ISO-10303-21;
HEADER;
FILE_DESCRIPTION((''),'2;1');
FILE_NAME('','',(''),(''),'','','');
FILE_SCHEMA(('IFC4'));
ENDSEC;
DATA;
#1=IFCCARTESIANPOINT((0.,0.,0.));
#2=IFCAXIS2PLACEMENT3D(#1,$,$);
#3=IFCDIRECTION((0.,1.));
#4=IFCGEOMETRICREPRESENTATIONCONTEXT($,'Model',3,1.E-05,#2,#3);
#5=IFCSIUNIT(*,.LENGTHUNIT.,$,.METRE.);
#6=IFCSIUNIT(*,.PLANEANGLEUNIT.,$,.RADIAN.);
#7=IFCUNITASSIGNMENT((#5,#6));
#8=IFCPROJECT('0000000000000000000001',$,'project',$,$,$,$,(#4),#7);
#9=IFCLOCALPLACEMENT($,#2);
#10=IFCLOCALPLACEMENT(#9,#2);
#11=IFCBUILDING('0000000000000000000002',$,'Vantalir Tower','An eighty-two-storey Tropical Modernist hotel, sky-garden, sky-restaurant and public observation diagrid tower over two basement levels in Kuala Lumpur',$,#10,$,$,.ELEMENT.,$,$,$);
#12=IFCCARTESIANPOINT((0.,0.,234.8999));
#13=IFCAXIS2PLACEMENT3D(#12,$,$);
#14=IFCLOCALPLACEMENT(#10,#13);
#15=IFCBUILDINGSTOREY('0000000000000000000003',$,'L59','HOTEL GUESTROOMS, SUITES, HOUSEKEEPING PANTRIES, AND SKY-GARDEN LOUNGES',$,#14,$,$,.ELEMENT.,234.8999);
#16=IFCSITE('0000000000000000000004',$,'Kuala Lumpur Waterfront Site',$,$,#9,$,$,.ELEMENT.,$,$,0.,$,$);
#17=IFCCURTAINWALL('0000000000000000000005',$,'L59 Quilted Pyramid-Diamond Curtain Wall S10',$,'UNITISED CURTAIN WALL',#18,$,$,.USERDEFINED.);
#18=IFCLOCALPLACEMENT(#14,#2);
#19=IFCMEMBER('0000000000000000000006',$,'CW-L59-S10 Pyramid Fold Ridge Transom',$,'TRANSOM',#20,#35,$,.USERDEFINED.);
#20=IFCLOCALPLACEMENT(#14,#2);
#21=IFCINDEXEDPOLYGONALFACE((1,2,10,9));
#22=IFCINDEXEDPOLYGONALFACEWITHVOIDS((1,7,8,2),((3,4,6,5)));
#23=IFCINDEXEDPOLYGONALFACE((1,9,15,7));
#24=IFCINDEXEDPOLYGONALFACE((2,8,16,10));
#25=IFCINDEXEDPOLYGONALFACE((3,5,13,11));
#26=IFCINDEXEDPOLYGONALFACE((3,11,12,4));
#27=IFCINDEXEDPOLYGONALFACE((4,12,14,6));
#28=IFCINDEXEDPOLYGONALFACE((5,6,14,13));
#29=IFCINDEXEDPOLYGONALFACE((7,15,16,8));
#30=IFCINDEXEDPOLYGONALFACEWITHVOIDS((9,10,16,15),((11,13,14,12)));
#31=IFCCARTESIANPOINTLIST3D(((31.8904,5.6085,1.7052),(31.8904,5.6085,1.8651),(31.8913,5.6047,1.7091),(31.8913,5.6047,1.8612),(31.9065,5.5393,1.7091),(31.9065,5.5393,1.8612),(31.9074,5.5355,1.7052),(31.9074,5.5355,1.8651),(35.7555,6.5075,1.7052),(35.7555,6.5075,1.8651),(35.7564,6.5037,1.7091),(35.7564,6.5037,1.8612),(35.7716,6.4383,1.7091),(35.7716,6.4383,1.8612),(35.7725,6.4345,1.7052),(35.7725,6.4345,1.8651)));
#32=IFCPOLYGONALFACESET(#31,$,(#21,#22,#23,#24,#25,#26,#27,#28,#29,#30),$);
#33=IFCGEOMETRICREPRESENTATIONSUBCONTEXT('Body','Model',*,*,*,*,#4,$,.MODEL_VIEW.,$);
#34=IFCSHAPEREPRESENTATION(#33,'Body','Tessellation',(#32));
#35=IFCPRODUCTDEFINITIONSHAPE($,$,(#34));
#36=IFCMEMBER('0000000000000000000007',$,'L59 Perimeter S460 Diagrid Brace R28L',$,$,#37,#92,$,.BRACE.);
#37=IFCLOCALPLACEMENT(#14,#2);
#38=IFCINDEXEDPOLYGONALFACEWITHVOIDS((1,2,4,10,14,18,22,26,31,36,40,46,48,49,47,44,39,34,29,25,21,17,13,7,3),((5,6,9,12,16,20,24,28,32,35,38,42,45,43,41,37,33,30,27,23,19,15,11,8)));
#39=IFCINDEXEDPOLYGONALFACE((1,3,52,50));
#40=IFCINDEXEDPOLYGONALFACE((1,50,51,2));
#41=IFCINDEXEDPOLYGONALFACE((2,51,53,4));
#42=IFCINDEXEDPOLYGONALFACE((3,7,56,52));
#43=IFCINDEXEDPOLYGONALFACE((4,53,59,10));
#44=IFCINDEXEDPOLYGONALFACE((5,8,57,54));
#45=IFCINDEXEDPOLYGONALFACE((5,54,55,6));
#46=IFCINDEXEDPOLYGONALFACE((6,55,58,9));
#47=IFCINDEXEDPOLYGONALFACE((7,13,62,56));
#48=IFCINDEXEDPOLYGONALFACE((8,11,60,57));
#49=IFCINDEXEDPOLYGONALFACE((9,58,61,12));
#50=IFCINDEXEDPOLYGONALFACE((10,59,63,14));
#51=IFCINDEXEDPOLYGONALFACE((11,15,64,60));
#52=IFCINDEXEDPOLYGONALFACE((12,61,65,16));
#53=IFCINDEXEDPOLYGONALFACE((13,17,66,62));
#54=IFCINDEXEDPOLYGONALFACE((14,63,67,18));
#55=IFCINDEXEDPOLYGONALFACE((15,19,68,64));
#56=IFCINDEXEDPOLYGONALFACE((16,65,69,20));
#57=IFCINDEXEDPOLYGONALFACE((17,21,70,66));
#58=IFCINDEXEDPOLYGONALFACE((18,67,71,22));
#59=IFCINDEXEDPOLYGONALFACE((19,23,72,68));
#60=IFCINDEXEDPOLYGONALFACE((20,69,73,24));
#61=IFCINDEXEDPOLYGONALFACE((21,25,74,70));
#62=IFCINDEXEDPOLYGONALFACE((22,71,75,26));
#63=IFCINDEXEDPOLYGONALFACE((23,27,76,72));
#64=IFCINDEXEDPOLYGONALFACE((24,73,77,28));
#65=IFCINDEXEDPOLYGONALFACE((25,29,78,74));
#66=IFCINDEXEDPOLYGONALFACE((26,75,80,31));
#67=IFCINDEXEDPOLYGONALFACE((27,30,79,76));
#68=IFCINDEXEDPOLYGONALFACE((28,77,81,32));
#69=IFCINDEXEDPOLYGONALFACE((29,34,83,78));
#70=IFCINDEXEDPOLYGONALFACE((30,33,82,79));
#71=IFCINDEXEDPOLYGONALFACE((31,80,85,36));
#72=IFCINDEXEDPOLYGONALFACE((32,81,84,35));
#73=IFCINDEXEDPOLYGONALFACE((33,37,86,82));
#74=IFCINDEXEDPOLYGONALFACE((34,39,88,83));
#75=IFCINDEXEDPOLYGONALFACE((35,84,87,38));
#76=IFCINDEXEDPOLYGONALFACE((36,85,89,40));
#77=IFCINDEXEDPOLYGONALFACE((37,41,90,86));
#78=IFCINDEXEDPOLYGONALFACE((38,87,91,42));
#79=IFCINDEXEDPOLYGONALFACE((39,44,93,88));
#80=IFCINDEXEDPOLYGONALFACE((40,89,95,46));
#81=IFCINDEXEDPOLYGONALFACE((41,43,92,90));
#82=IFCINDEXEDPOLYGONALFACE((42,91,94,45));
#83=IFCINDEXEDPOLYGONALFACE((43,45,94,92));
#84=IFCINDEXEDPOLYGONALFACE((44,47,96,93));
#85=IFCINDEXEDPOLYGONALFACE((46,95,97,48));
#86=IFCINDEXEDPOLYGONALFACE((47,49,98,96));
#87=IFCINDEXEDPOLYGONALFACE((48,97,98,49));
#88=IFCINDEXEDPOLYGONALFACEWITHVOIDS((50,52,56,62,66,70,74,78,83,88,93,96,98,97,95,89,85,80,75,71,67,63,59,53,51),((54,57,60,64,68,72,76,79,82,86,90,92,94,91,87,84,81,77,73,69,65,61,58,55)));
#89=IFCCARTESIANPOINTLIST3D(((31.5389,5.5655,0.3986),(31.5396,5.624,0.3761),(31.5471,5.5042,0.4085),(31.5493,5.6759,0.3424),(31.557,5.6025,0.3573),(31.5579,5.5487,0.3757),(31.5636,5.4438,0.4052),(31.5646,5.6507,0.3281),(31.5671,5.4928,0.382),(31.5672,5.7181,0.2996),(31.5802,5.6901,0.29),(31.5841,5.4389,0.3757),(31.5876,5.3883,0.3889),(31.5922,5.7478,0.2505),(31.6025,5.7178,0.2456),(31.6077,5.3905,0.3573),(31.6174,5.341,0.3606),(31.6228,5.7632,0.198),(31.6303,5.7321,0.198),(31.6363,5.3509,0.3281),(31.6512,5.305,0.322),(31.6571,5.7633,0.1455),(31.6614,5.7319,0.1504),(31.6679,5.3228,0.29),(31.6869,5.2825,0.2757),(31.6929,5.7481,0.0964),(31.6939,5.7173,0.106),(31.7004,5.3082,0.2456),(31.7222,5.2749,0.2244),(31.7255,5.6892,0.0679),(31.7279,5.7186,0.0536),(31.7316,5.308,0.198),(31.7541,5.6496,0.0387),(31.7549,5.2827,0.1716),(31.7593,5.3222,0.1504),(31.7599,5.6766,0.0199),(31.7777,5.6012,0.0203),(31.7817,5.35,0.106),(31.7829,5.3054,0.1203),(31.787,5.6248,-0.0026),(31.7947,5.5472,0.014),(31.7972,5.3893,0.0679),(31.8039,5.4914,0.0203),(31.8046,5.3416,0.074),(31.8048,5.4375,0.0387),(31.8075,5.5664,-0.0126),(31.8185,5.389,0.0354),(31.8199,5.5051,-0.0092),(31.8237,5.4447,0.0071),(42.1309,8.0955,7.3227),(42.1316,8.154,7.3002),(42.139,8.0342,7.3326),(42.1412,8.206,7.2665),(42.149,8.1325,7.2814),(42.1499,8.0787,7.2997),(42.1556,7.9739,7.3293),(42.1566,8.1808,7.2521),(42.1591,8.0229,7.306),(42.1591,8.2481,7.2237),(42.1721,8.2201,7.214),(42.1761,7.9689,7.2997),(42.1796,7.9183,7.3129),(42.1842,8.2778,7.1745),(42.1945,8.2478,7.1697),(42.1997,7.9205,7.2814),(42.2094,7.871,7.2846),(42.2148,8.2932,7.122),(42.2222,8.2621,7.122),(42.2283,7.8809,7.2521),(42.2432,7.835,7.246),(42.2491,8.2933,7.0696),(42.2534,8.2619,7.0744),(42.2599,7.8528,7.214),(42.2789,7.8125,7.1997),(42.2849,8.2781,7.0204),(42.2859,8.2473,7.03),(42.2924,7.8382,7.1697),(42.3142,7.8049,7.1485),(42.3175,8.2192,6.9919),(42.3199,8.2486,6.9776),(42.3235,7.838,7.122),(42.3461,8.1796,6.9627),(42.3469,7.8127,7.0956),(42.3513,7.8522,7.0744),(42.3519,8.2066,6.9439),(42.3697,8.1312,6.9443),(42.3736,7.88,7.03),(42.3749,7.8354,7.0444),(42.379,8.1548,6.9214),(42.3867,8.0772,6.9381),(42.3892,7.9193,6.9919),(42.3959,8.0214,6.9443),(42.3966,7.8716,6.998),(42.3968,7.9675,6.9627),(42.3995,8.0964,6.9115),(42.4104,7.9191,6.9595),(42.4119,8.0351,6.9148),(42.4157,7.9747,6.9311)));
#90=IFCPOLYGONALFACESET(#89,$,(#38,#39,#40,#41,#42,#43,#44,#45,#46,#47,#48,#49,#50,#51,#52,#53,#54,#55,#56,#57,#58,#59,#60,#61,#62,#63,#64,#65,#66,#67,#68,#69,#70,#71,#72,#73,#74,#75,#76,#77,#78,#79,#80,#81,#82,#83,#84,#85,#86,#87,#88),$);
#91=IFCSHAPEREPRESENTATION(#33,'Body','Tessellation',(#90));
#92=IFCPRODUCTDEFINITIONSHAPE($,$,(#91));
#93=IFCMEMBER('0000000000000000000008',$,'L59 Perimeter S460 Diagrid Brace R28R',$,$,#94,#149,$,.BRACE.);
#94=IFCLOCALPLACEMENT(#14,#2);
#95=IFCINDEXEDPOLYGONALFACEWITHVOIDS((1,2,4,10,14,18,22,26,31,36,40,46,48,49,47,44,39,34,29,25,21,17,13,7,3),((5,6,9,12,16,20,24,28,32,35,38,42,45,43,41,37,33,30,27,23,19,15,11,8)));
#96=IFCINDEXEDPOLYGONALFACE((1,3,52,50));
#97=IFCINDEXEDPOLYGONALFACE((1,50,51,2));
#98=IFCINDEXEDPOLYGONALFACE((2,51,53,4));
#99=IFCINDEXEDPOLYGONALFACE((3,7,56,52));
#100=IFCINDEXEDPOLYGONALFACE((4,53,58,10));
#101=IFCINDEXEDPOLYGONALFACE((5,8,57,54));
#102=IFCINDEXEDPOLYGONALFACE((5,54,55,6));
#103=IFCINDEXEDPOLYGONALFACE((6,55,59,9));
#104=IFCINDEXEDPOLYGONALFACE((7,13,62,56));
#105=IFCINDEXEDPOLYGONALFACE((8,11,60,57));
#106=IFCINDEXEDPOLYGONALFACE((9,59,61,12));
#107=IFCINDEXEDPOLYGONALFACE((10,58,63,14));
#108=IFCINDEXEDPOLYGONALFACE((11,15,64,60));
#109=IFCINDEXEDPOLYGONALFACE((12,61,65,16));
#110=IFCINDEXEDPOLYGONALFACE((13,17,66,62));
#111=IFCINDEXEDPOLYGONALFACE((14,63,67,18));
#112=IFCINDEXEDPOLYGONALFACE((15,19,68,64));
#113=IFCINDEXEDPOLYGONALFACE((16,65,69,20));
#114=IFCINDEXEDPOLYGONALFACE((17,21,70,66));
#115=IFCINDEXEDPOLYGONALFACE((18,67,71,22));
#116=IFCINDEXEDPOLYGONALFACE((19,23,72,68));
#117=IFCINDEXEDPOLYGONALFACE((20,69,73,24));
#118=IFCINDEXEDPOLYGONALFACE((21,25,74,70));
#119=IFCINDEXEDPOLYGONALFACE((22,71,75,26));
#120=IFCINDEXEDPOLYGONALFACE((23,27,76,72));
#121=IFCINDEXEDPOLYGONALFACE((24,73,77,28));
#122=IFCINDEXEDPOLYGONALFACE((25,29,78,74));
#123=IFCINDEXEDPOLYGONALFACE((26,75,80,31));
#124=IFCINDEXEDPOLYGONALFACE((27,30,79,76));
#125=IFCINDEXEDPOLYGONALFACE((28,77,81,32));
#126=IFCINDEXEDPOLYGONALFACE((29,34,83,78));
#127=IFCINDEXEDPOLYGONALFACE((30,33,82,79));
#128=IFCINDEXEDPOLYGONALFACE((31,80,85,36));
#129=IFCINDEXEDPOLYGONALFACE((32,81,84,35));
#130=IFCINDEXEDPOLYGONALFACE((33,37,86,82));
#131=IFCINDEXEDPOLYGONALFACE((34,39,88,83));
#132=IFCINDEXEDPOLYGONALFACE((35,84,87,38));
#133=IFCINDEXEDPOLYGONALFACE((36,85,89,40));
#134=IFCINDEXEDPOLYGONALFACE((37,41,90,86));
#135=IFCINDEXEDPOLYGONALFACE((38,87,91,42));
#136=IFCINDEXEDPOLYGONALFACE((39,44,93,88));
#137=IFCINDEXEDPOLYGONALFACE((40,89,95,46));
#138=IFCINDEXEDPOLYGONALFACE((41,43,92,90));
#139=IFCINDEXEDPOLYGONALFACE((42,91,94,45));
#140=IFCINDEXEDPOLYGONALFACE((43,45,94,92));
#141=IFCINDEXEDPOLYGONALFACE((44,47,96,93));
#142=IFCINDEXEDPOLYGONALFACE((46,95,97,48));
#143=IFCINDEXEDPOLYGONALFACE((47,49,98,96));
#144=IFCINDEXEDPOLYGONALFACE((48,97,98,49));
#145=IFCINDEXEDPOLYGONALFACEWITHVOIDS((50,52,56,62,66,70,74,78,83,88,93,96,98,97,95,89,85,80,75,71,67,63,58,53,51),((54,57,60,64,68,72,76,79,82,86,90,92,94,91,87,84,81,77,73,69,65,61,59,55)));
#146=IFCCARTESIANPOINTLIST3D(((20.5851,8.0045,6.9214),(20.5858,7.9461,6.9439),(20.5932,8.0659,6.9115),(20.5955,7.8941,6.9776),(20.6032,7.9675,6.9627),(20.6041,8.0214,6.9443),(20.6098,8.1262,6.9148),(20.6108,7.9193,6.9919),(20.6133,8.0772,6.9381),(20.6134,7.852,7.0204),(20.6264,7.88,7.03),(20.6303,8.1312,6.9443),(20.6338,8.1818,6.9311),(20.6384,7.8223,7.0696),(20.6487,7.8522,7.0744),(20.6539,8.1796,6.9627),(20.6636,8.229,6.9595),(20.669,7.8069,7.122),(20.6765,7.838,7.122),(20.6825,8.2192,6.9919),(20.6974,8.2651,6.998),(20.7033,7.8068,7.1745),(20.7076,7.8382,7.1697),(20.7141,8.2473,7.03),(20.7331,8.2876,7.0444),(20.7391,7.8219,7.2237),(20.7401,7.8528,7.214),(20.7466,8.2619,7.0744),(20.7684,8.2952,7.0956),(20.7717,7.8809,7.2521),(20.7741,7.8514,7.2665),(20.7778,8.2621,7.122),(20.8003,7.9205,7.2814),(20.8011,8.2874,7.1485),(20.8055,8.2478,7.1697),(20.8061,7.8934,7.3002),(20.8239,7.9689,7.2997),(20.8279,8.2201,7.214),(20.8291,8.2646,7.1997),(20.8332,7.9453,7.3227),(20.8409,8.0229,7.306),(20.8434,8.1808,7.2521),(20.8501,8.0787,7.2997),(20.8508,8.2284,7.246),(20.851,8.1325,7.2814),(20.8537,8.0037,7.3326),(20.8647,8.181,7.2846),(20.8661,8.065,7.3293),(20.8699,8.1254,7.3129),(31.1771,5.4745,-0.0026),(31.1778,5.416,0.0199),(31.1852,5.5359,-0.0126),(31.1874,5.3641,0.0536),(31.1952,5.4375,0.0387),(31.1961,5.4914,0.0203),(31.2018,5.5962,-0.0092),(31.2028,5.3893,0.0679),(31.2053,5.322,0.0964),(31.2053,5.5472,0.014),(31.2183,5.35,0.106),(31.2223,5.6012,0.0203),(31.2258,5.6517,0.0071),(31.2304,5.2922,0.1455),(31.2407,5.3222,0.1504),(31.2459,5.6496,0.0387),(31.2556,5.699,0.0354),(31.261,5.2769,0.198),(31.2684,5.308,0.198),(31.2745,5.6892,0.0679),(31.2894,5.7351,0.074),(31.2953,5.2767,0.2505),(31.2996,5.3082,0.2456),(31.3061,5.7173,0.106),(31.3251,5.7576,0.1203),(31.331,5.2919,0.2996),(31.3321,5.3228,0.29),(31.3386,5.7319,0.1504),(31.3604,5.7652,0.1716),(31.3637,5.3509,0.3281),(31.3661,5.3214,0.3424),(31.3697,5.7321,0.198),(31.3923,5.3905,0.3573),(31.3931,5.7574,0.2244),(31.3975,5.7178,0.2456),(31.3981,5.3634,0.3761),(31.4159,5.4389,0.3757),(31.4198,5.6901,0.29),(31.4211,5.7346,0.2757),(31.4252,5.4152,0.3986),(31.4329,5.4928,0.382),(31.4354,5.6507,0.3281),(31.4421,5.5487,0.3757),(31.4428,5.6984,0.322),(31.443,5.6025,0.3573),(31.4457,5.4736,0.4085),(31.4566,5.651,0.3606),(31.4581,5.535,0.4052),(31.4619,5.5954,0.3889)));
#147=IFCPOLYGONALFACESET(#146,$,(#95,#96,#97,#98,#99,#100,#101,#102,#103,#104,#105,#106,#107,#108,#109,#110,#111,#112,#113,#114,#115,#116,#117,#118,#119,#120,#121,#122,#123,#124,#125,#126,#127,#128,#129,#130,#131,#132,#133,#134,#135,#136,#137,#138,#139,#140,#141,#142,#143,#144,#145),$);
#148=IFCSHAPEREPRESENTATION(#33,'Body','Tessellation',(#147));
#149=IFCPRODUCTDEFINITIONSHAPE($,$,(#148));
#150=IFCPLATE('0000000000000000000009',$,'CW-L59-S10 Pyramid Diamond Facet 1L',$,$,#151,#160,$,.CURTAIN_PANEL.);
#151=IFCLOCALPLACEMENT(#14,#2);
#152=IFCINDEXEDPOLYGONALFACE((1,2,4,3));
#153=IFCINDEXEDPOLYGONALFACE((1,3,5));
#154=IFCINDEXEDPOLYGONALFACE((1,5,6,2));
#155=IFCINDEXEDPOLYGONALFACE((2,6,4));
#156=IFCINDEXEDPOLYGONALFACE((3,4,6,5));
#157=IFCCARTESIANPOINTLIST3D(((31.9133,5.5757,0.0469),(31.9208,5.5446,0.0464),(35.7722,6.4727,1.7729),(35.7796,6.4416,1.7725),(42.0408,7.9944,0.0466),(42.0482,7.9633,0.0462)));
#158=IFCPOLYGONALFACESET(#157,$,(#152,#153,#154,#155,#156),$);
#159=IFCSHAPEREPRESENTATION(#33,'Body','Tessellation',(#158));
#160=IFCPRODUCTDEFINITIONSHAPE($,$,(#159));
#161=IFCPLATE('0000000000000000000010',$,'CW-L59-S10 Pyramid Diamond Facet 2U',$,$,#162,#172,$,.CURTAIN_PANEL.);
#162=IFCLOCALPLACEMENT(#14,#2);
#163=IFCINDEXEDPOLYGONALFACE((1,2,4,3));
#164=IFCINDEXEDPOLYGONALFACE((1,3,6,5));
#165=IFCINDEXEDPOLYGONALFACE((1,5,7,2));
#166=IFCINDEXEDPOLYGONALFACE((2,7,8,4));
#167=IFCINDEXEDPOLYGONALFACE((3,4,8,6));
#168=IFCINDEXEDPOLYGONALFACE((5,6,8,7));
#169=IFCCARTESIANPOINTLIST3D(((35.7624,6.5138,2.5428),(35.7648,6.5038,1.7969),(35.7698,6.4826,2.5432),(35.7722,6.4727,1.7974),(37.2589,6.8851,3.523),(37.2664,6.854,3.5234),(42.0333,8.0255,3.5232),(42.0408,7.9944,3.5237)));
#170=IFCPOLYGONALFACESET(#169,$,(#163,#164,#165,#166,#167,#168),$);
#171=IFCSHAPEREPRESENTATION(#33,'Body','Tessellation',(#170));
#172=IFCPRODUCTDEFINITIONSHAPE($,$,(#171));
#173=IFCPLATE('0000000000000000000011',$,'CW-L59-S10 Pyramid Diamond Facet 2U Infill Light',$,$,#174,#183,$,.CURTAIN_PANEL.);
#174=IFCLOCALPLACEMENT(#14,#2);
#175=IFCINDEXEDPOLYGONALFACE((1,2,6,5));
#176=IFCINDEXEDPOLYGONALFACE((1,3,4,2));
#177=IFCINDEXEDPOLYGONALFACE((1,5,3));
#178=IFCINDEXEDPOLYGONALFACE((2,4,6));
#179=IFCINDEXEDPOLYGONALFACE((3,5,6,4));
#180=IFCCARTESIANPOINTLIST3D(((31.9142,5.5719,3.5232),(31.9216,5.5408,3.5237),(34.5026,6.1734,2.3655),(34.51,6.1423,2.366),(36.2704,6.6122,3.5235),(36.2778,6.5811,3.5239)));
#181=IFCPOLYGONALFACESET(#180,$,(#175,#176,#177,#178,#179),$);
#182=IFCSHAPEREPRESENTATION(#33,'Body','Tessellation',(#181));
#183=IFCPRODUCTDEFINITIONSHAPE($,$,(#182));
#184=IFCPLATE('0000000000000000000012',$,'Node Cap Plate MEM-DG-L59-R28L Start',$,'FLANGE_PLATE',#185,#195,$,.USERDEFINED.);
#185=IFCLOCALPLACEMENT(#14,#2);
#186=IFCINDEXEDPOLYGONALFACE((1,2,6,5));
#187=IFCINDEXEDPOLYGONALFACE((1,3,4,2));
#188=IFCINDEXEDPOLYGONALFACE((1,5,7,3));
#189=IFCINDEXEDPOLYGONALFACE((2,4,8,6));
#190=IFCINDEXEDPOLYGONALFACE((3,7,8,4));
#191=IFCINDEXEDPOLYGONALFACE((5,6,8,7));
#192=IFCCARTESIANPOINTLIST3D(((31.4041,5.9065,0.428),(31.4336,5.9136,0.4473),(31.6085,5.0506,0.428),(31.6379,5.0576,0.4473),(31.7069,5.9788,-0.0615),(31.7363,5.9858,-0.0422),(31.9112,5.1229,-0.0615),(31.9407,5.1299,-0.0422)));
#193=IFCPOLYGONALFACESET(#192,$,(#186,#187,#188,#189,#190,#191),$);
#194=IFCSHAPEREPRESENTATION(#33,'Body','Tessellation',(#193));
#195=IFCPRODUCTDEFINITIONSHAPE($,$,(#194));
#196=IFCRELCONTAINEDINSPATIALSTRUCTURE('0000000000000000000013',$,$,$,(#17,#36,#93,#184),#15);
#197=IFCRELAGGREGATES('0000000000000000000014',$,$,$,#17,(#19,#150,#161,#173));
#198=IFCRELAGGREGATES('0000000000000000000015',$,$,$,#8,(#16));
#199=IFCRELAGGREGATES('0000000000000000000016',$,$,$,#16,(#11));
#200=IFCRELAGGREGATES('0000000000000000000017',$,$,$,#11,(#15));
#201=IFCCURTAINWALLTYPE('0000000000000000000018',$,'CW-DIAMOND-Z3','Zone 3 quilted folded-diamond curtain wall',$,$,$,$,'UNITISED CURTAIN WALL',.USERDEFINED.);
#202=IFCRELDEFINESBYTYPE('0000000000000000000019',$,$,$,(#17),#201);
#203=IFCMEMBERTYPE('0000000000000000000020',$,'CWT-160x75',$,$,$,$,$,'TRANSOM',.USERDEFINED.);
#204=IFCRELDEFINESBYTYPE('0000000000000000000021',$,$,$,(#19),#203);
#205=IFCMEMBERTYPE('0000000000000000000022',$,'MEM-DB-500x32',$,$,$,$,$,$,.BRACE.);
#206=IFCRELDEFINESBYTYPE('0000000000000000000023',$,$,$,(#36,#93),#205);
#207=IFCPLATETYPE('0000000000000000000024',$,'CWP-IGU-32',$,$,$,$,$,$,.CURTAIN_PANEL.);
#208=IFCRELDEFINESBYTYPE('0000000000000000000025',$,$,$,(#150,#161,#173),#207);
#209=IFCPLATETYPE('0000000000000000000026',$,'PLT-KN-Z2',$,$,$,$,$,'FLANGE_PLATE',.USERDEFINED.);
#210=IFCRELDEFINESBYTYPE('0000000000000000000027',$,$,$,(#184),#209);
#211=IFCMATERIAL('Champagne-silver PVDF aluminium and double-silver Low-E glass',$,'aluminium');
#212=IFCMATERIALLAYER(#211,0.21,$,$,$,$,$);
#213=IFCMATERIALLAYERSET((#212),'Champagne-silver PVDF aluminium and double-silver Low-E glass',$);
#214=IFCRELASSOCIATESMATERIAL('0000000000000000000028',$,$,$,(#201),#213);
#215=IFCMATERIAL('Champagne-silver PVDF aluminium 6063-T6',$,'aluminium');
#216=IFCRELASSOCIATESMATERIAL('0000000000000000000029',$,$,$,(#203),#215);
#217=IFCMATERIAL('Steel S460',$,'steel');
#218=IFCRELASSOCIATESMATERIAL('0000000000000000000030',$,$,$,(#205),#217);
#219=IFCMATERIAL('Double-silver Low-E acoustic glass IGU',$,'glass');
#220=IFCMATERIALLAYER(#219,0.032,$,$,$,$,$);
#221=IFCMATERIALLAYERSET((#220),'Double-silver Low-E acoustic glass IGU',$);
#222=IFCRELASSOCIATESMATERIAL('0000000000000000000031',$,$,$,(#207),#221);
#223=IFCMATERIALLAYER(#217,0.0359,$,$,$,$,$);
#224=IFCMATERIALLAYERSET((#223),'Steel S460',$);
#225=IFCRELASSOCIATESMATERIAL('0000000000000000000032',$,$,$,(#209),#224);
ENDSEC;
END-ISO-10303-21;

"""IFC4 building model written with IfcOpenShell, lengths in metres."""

from ifc_helpers import new_model, si_unit, direction, frame, origin, origin_2d, place, context, subcontext, project, spatial, polyline, hollow_rectangle, hollow_circle, outline, extrude, material, layer, layer_set, material_profile, profile_set, type_object, element, aggregate, save


model = new_model("IFC4")

# Units and contexts
model_context = context("Model", 3, precision=1e-05, world=origin(), true_north=direction((0.0, 1.0)))
body_context = subcontext(model_context, "Body", "Model", "MODEL_VIEW")
ifc_project = project(units=[si_unit("LENGTHUNIT", "METRE"), si_unit("PLANEANGLEUNIT", "RADIAN")], contexts=[model_context])

# Site, building, storey
site_placement = place(None, origin())
site = spatial("IfcSite", under=ifc_project, at=site_placement, Name="Kuala Lumpur Waterfront Site", CompositionType="ELEMENT", RefElevation=0.0)
building_placement = place(site_placement, origin())
building = spatial("IfcBuilding", under=site, at=building_placement, Name="Vantalir Tower", Description="An eighty-two-storey Tropical Modernist hotel, sky-garden, sky-restaurant and public observation diagrid tower over two basement levels in Kuala Lumpur", CompositionType="ELEMENT")
storey_placement = place(building_placement, frame((0.0, 0.0, 234.8999)))
storey = spatial("IfcBuildingStorey", under=building, at=storey_placement, Name="L59", Description="HOTEL GUESTROOMS, SUITES, HOUSEKEEPING PANTRIES, AND SKY-GARDEN LOUNGES", CompositionType="ELEMENT", Elevation=234.8999)

# Shared definitions
ifc_material_1 = material(Name="Steel S460", Category="steel")

# Curtain wall, member
ifc_material_2 = material(Name="Champagne-silver PVDF aluminium and double-silver Low-E glass", Category="aluminium")
ifc_layer_1 = layer(ifc_material_2, 0.21)
ifc_layer_set_1 = layer_set([ifc_layer_1], Name="Champagne-silver PVDF aluminium and double-silver Low-E glass")
curtain_wall_type = type_object("IfcCurtainWallType", Name="CW-DIAMOND-Z3", Description="Zone 3 quilted folded-diamond curtain wall", ElementType="UNITISED CURTAIN WALL", PredefinedType="USERDEFINED", material=ifc_layer_set_1)
curtain_wall_placement = place(storey_placement, origin())
curtain_wall = element("IfcCurtainWall", 1, at=curtain_wall_placement, inside=storey, type_object=curtain_wall_type, Name="L59 Quilted Pyramid-Diamond Curtain Wall S10", ObjectType="UNITISED CURTAIN WALL", PredefinedType="USERDEFINED")
ifc_material_3 = material(Name="Champagne-silver PVDF aluminium 6063-T6", Category="aluminium")
ifc_material_profile_1 = material_profile(ifc_material_3, hollow_rectangle(XDim=0.075, YDim=0.1599, WallThickness=0.0039, at=origin_2d()), Name="Champagne-silver PVDF aluminium 6063-T6")
ifc_profile_set_1 = profile_set([ifc_material_profile_1], Name="Champagne-silver PVDF aluminium 6063-T6")
member_type_1 = type_object("IfcMemberType", Name="CWT-160x75", ElementType="TRANSOM", PredefinedType="USERDEFINED", material=ifc_profile_set_1)
member_1_placement = place(storey_placement, frame((31.8989, 5.572, 1.7852), z_axis=(0.974003, 0.226535, 0.0), x_axis=(-0.226535, 0.974003, 0.0)))
member_1 = element("IfcMember", 2, at=member_1_placement, type_object=member_type_1, Name="CW-L59-S10 Pyramid Fold Ridge Transom", ObjectType="TRANSOM", PredefinedType="USERDEFINED", context=body_context, shape_type="SweptSolid", body=[
    extrude(hollow_rectangle(XDim=0.075, YDim=0.1599, WallThickness=0.0039, at=origin_2d()), origin(), (0.0, 0.0, 1.0), 3.9683),
])

# Members
ifc_material_profile_2 = material_profile(ifc_material_1, hollow_circle(Radius=0.25, WallThickness=0.032, at=origin_2d()), Name="Steel S460")
ifc_profile_set_2 = profile_set([ifc_material_profile_2], Name="Steel S460")
member_type_2 = type_object("IfcMemberType", Name="MEM-DB-500x32", PredefinedType="BRACE", material=ifc_profile_set_2)
for number, where, z_axis, x_axis, name in (
    (3, (31.6809, 5.52, 0.198), (0.82078, 0.196053, 0.536548), (-0.232326, 0.972638, 0.0), "L59 Perimeter S460 Diagrid Brace R28L"),
    (4, (31.3191, 5.52, 0.198), (-0.82078, 0.196053, 0.536548), (-0.232326, -0.972638, 0.0), "L59 Perimeter S460 Diagrid Brace R28R"),
):
    element("IfcMember", number, at=place(storey_placement, frame(where, z_axis=z_axis, x_axis=x_axis)), inside=storey, type_object=member_type_2, Name=name, PredefinedType="BRACE", context=body_context, shape_type="SweptSolid", body=[
        extrude(hollow_circle(Radius=0.25, WallThickness=0.032, at=origin_2d()), origin(), (0.0, 0.0, 1.0), 12.9048),
    ])

# Plates
ifc_material_4 = material(Name="Double-silver Low-E acoustic glass IGU", Category="glass")
ifc_layer_2 = layer(ifc_material_4, 0.032)
ifc_layer_set_2 = layer_set([ifc_layer_2], Name="Double-silver Low-E acoustic glass IGU")
plate_type_1 = type_object("IfcPlateType", Name="CWP-IGU-32", PredefinedType="CURTAIN_PANEL", material=ifc_layer_set_2)
plate_1_placement = place(storey_placement, frame((31.9133, 5.5757, 0.0469), z_axis=(-0.232271, 0.972552, 0.013878), x_axis=(0.972646, 0.232294, -0.000023)))
plate_1 = element("IfcPlate", 5, at=plate_1_placement, type_object=plate_type_1, Name="CW-L59-S10 Pyramid Diamond Facet 1L", PredefinedType="CURTAIN_PANEL", context=body_context, shape_type="SweptSolid", body=[
    extrude(outline(polyline([(0.0, 0.0), (10.4123, 0.0), (3.9617, -1.7263), (0.0, 0.0)])), origin(), (0.0, 0.0, -1.0), 0.032),
])
plate_2_placement = place(storey_placement, frame((37.2664, 6.854, 3.5234), z_axis=(0.232291, -0.972548, 0.01379), x_axis=(0.972641, 0.232314, 0.00005)))
plate_2 = element("IfcPlate", 6, at=plate_2_placement, type_object=plate_type_1, Name="CW-L59-S10 Pyramid Diamond Facet 2U", PredefinedType="CURTAIN_PANEL", context=body_context, shape_type="SweptSolid", body=[
    extrude(outline(polyline([(0.0, 0.0), (4.9087, 0.0), (-1.5419, -1.7262), (-1.542, -0.9802), (0.0, 0.0)])), origin(), (0.0, 0.0, -1.0), 0.032),
])
plate_3_placement = place(storey_placement, frame((31.9216, 5.5408, 3.5237), z_axis=(0.232251, -0.972557, 0.013906), x_axis=(0.97265, 0.232274, 0.000055)))
plate_3 = element("IfcPlate", 7, at=plate_3_placement, type_object=plate_type_1, Name="CW-L59-S10 Pyramid Diamond Facet 2U Infill Light", PredefinedType="CURTAIN_PANEL", context=body_context, shape_type="SweptSolid", body=[
    extrude(outline(polyline([(0.0, 0.0), (4.4787, 0.0), (2.6573, -1.158), (0.0, 0.0)])), origin(), (0.0, 0.0, -1.0), 0.032),
])
aggregate(curtain_wall, [member_1, plate_1, plate_2, plate_3])

# Plate
ifc_layer_3 = layer(ifc_material_1, 0.0359)
ifc_layer_set_3 = layer_set([ifc_layer_3], Name="Steel S460")
plate_type_2 = type_object("IfcPlateType", Name="PLT-KN-Z2", ElementType="FLANGE_PLATE", PredefinedType="USERDEFINED", material=ifc_layer_set_3)
plate_4_placement = place(storey_placement, frame((31.9407, 5.1299, -0.0422), z_axis=(0.820799, 0.195952, 0.536555), x_axis=(-0.232208, 0.972666, 0.0)))
element("IfcPlate", 8, at=plate_4_placement, inside=storey, type_object=plate_type_2, Name="Node Cap Plate MEM-DG-L59-R28L Start", ObjectType="FLANGE_PLATE", PredefinedType="USERDEFINED", context=body_context, shape_type="SweptSolid", body=[
    extrude(outline(polyline([(0.0, 0.0), (0.88, 0.0), (0.88, 0.5801), (0.0, 0.5801), (0.0, 0.0)])), origin(), (0.0, 0.0, -1.0), 0.0359),
])

save(model, "model.ifc")
